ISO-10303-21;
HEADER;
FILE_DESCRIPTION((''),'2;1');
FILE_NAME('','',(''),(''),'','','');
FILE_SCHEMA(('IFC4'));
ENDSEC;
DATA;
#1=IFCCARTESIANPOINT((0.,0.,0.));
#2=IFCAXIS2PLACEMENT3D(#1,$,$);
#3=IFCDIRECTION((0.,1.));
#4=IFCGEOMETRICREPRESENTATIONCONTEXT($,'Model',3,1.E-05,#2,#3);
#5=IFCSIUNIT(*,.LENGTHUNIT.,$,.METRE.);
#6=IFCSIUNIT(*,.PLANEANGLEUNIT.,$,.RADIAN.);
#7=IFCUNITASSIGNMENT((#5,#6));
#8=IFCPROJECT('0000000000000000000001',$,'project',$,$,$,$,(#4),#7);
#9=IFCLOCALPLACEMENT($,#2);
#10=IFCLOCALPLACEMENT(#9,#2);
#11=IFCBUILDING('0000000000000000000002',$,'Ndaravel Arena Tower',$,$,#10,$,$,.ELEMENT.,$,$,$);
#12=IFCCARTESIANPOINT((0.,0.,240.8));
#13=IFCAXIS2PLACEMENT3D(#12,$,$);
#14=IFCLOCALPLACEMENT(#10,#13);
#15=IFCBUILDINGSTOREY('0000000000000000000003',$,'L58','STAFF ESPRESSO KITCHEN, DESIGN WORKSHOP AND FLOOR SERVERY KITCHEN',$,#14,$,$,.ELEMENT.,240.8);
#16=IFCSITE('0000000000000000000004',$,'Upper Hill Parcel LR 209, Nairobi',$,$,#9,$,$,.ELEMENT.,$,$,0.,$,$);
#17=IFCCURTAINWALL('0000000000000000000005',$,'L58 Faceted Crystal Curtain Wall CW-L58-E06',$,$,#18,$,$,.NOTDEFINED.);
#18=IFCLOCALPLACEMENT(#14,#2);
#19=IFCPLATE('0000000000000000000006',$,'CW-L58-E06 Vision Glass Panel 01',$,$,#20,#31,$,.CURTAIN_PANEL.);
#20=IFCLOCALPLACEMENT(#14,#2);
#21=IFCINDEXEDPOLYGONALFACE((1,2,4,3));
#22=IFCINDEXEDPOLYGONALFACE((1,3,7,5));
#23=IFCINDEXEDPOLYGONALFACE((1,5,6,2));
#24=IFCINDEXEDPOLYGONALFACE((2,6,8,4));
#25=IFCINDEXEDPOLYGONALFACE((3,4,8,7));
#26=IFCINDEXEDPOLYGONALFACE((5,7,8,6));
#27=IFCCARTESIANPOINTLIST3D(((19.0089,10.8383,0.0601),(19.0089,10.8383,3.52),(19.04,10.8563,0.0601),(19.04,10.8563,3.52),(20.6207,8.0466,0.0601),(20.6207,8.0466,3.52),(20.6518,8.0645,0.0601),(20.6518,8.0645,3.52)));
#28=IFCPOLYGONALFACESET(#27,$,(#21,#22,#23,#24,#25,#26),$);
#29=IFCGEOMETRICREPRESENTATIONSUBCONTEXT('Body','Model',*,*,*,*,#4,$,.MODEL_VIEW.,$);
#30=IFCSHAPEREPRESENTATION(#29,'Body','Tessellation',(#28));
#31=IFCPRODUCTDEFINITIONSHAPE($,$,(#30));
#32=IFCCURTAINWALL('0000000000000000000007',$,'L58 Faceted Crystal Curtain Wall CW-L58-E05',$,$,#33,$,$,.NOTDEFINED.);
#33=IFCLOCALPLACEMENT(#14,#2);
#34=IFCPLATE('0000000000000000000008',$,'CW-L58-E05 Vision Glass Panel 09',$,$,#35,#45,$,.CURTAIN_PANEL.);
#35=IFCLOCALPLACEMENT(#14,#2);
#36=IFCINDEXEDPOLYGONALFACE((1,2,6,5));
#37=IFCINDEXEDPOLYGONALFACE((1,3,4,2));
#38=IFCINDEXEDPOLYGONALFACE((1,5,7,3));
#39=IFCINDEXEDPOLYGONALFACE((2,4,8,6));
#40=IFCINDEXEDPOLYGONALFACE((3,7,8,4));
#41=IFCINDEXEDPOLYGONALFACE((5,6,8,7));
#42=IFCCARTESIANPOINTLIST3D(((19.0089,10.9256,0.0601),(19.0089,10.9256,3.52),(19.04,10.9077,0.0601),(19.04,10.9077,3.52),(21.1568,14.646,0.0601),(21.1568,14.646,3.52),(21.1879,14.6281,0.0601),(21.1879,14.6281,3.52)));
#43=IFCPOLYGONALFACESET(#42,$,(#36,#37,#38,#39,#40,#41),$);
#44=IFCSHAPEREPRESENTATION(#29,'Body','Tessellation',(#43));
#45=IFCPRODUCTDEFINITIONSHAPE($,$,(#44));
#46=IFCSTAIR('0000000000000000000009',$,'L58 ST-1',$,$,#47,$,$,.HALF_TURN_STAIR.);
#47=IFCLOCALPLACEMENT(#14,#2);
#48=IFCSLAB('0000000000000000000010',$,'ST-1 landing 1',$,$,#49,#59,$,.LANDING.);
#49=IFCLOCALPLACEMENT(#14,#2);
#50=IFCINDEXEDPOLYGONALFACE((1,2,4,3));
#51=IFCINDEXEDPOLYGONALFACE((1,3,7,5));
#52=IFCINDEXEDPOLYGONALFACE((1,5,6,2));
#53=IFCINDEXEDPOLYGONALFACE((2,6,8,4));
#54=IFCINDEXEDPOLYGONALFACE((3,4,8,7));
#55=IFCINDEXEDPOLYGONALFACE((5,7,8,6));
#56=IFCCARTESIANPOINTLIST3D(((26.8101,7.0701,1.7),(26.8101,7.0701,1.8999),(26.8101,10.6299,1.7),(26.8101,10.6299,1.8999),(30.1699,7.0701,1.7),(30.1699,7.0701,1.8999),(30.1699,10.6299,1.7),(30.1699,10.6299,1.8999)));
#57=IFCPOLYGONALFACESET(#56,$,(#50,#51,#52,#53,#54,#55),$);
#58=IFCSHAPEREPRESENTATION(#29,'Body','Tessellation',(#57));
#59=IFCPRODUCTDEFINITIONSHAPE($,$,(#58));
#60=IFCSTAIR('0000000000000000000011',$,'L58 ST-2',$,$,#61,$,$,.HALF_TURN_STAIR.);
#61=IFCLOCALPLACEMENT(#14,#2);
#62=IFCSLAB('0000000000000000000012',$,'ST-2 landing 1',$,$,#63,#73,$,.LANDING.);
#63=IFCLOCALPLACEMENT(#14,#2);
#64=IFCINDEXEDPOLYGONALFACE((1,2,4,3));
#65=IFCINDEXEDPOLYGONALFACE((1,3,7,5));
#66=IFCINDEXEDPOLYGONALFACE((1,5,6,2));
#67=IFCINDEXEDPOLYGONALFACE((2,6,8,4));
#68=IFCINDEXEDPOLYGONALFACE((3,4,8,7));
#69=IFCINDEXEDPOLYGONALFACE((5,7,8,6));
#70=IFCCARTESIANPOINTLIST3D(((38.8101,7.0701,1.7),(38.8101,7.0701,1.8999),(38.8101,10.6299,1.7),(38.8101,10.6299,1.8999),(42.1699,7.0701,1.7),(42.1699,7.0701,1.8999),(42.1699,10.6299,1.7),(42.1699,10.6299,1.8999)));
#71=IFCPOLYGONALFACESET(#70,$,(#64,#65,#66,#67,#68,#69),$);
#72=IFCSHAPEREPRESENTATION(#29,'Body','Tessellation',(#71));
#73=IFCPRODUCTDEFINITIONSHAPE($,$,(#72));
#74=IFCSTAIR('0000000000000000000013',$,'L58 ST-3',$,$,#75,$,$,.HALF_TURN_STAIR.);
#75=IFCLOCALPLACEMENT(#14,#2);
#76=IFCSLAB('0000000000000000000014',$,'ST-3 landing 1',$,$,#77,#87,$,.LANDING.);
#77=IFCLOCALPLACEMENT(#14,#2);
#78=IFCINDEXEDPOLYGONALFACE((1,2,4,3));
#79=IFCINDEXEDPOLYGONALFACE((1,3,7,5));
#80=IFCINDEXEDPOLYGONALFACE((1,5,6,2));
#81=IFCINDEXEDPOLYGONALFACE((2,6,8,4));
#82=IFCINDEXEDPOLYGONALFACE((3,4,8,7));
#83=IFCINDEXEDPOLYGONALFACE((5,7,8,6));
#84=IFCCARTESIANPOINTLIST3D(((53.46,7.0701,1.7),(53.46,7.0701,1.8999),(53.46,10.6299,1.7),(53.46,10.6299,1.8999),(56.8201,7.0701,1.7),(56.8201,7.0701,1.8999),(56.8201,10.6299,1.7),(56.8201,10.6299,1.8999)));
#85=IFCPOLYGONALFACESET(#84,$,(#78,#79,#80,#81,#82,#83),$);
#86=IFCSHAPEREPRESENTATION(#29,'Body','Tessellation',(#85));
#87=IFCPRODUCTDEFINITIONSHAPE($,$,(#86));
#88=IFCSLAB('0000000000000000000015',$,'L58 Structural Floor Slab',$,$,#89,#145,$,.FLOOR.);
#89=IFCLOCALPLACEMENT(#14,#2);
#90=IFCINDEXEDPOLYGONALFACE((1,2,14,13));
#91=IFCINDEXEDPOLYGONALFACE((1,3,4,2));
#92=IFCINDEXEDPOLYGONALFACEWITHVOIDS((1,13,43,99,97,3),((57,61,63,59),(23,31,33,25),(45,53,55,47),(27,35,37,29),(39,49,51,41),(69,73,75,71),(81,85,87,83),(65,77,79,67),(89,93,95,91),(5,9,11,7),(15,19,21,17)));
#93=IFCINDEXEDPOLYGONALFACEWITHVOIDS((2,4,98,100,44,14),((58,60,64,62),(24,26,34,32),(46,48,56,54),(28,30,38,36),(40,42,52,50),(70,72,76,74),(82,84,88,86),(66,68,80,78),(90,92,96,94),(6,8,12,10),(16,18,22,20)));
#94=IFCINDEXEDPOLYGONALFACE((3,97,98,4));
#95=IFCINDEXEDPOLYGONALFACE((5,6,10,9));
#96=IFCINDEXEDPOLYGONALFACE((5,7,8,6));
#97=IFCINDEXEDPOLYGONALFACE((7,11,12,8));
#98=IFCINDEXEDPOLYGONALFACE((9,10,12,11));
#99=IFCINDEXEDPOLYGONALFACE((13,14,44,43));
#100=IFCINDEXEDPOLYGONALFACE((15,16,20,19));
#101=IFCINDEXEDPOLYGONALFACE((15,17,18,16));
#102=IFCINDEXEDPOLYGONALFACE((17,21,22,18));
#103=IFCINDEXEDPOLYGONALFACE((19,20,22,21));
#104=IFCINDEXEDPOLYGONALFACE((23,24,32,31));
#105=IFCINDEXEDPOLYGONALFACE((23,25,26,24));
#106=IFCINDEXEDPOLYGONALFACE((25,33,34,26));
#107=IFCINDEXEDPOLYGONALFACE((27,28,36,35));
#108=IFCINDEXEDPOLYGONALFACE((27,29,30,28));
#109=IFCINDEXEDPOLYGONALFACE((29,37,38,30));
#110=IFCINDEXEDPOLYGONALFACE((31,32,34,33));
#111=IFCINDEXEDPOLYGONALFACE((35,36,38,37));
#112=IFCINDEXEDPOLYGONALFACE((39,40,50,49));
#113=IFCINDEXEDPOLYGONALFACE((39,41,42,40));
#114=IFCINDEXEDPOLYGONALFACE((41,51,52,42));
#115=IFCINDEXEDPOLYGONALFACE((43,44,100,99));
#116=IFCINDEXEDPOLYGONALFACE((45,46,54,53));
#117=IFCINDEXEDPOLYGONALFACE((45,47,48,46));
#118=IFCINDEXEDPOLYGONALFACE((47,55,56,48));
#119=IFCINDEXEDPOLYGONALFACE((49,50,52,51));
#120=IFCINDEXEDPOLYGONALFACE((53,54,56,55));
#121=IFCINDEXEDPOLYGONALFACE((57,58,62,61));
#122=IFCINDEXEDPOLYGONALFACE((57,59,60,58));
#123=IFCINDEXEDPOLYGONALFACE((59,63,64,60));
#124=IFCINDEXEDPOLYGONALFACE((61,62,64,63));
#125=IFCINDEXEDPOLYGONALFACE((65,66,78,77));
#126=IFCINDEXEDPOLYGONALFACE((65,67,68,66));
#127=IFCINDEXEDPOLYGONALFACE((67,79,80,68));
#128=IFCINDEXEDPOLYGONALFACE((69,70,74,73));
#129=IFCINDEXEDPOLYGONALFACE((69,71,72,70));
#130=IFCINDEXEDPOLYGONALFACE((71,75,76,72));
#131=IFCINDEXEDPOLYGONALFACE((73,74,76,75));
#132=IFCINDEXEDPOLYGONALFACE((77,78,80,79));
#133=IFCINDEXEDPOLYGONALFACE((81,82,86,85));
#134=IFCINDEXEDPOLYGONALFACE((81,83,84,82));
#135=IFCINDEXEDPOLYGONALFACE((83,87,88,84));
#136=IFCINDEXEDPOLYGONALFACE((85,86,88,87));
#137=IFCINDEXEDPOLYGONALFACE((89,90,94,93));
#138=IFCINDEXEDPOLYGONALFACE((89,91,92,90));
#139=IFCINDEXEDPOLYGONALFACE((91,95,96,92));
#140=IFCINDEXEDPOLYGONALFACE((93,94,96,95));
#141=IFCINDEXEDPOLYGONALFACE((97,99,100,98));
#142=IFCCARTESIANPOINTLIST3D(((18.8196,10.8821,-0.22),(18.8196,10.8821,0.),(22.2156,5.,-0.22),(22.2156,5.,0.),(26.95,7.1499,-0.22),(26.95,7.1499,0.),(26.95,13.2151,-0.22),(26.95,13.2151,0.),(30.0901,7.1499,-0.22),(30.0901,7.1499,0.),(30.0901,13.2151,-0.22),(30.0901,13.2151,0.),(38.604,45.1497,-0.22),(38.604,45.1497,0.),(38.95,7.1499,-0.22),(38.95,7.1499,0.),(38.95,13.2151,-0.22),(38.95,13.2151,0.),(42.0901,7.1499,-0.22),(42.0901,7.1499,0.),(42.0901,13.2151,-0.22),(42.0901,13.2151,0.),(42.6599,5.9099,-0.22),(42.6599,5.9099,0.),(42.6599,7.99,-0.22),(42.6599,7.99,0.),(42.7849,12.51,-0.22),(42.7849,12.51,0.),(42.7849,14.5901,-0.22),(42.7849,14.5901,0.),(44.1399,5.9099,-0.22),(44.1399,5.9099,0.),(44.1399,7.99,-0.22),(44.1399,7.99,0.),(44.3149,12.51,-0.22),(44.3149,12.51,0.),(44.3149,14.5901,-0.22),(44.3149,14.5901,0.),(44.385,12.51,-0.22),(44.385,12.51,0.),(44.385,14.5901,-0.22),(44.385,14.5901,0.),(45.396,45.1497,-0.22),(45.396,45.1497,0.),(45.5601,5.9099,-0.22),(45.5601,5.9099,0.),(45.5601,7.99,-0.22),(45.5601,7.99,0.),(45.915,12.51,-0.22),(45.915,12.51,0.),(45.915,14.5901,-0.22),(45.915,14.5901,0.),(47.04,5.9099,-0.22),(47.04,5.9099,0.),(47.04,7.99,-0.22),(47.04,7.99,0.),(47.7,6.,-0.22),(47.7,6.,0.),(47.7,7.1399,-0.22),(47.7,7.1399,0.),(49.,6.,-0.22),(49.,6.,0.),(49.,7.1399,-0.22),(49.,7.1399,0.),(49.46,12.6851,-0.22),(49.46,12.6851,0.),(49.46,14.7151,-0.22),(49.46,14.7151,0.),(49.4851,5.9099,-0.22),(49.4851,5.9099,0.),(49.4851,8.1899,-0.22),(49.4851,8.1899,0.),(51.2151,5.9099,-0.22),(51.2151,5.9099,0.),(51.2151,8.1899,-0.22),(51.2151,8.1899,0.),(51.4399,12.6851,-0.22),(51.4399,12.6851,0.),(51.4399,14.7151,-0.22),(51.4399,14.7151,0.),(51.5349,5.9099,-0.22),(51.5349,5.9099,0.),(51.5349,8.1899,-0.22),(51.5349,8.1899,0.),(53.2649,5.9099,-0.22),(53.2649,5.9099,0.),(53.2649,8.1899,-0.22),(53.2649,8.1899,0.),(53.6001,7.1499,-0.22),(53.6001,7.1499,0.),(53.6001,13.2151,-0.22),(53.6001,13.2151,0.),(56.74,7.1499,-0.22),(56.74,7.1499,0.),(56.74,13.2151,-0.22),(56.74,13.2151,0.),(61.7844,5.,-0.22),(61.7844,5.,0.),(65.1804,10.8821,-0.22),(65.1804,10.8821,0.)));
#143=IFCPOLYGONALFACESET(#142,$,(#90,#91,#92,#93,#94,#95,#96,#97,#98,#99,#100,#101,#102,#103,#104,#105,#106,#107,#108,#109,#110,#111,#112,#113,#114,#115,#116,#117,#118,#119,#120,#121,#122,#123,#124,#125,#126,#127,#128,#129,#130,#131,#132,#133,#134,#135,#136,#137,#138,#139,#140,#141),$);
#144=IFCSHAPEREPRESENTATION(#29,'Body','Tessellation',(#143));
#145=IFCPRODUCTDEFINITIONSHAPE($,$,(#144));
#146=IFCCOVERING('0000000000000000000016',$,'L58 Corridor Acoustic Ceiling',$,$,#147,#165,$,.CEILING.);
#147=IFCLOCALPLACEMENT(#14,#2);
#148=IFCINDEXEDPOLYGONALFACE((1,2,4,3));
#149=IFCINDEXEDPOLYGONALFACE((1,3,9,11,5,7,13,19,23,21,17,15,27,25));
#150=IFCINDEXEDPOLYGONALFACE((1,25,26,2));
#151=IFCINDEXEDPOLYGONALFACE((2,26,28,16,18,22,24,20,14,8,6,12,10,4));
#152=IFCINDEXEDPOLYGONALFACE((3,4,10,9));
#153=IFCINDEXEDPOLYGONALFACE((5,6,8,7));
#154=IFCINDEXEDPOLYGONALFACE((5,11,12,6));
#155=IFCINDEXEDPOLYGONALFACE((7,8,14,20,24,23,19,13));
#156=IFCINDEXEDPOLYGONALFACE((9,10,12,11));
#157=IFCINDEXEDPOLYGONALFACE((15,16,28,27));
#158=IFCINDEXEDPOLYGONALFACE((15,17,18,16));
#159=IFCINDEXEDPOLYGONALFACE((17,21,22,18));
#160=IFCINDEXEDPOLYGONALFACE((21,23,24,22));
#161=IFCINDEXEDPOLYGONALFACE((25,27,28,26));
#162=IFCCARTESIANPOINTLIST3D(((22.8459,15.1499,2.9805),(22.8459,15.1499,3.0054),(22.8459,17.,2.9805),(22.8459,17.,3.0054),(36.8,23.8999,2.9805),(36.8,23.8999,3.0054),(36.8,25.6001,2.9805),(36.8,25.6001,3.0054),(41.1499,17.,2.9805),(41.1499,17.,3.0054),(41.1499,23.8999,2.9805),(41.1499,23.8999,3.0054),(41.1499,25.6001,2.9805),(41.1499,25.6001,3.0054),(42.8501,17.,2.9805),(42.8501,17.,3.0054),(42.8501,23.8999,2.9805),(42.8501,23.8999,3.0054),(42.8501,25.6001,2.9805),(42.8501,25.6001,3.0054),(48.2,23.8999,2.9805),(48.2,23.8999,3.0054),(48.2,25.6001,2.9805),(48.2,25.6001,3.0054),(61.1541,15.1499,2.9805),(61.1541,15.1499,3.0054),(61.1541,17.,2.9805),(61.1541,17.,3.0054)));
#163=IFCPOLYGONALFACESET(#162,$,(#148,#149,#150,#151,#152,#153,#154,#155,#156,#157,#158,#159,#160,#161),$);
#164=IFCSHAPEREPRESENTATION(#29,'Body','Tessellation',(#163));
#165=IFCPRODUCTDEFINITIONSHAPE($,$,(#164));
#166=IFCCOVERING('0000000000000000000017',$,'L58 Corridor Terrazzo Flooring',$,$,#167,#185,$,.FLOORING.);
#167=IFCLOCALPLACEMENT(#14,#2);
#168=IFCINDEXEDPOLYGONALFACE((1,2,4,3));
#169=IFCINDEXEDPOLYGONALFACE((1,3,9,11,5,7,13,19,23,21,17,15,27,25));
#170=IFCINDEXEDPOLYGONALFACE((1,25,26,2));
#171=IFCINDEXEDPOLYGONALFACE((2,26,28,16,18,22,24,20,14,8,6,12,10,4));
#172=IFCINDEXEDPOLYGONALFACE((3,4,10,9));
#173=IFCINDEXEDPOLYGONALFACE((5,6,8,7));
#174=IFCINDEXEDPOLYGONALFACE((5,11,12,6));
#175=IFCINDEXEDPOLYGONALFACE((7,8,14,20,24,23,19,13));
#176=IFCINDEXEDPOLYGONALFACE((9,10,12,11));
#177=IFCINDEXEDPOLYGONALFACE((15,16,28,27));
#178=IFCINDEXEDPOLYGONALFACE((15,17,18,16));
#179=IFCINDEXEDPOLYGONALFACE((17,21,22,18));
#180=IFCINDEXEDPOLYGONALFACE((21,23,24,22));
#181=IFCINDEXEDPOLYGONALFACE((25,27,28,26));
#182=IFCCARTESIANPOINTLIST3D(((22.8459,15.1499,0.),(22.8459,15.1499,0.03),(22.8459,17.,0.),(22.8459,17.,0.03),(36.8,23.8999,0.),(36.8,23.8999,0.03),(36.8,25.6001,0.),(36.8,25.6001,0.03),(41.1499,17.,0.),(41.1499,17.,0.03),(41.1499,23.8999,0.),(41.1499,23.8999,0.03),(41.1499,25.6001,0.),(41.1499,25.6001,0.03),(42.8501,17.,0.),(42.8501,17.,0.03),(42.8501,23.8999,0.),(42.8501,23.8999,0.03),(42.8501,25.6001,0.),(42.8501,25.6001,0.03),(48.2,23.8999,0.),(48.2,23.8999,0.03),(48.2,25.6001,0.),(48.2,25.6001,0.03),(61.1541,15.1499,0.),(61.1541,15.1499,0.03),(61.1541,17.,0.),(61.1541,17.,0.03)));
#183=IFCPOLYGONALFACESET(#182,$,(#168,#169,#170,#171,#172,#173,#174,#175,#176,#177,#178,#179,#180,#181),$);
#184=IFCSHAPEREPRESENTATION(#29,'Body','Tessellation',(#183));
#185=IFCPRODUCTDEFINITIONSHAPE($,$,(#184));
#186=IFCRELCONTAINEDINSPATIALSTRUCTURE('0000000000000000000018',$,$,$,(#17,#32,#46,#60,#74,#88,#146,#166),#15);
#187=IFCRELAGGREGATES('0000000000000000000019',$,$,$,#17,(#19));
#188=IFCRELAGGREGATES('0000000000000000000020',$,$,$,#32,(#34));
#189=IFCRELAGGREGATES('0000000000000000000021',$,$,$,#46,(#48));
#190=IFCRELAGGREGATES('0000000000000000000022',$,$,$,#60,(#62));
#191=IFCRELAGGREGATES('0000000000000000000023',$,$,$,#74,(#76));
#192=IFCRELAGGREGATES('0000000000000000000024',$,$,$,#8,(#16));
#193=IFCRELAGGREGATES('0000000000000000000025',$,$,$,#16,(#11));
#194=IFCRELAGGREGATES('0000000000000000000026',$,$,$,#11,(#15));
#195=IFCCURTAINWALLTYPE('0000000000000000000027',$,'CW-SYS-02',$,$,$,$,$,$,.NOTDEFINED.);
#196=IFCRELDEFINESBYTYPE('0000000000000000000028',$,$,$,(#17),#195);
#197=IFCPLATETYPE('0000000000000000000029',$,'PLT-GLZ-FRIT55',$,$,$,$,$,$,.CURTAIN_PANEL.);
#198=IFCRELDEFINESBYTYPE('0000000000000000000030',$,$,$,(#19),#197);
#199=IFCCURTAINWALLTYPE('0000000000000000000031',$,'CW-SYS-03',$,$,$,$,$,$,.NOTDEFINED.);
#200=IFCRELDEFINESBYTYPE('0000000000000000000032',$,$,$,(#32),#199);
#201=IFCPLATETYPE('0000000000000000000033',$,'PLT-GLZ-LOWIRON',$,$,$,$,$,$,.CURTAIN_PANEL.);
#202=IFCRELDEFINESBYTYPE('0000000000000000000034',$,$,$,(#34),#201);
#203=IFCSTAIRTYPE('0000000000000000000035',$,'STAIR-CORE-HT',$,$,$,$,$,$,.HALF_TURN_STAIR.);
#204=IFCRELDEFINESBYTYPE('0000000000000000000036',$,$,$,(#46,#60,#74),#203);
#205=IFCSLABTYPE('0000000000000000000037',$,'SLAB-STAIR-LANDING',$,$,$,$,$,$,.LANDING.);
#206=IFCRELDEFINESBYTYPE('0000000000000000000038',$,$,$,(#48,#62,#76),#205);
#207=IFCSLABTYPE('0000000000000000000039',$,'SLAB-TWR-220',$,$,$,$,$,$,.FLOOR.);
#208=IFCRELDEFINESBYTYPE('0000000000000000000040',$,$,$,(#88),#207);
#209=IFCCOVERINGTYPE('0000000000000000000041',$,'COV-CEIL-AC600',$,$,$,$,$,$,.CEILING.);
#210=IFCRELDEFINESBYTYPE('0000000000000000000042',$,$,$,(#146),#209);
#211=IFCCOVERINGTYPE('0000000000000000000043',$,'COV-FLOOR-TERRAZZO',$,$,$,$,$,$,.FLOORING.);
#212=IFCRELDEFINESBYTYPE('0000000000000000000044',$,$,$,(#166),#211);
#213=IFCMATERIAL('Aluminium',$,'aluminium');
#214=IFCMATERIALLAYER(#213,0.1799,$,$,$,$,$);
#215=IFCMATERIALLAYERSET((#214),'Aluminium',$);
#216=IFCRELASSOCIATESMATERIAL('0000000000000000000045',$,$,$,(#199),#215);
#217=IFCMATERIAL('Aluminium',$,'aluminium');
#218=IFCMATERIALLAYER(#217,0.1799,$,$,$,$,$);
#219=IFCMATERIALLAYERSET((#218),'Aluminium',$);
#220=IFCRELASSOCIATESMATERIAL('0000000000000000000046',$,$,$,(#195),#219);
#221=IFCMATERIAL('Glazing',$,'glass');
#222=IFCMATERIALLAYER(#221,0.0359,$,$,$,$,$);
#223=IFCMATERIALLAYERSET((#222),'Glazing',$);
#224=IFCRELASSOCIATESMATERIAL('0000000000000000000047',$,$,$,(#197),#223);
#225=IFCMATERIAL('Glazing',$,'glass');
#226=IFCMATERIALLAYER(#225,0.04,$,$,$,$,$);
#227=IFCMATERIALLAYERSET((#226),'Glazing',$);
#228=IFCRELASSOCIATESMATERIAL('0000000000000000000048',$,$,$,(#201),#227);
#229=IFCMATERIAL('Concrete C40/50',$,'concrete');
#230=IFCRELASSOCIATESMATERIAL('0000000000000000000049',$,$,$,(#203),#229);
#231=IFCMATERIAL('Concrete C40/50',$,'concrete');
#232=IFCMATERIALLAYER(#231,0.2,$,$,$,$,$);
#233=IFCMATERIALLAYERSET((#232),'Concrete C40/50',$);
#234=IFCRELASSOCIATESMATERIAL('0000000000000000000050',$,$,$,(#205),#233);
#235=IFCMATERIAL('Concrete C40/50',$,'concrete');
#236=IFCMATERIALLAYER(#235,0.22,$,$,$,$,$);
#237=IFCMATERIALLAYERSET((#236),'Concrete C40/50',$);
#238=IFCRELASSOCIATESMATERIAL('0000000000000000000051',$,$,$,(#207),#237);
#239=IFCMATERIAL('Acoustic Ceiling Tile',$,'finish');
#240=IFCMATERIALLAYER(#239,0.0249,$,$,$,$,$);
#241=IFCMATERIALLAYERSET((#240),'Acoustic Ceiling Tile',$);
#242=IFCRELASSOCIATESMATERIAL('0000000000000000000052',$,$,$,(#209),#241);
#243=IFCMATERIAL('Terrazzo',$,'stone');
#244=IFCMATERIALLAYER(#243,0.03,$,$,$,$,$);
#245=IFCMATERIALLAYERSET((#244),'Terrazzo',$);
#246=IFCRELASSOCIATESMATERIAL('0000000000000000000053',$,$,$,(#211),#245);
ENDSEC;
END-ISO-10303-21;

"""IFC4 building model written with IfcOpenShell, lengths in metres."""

from ifc_helpers import new_model, si_unit, direction, frame, origin, origin_2d, place, context, subcontext, project, spatial, polyline, rectangle, outline, extrude, material, layer, layer_set, type_object, element, aggregate, save


model = new_model("IFC4")

# Units and contexts
model_context = context("Model", 3, precision=1e-05, world=origin(), true_north=direction((0.0, 1.0)))
body_context = subcontext(model_context, "Body", "Model", "MODEL_VIEW")
ifc_project = project(units=[si_unit("LENGTHUNIT", "METRE"), si_unit("PLANEANGLEUNIT", "RADIAN")], contexts=[model_context])

# Site, building, storey
site_placement = place(None, origin())
site = spatial("IfcSite", under=ifc_project, at=site_placement, Name="Upper Hill Parcel LR 209, Nairobi", CompositionType="ELEMENT", RefElevation=0.0)
building_placement = place(site_placement, origin())
building = spatial("IfcBuilding", under=site, at=building_placement, Name="Ndaravel Arena Tower", CompositionType="ELEMENT")
storey_placement = place(building_placement, frame((0.0, 0.0, 240.8)))
storey = spatial("IfcBuildingStorey", under=building, at=storey_placement, Name="L58", Description="STAFF ESPRESSO KITCHEN, DESIGN WORKSHOP AND FLOOR SERVERY KITCHEN", CompositionType="ELEMENT", Elevation=240.8)

# Shared definitions
ifc_material_1 = material(Name="Aluminium", Category="aluminium")
ifc_layer_1 = layer(ifc_material_1, 0.1799)
ifc_layer_set_1 = layer_set([ifc_layer_1], Name="Aluminium")
curtain_wall_type_1 = type_object("IfcCurtainWallType", Name="CW-SYS-03", PredefinedType="NOTDEFINED", material=ifc_layer_set_1)

# Curtain wall
ifc_material_2 = material(Name="Aluminium", Category="aluminium")
ifc_layer_2 = layer(ifc_material_2, 0.1799)
ifc_layer_set_2 = layer_set([ifc_layer_2], Name="Aluminium")
curtain_wall_type_2 = type_object("IfcCurtainWallType", Name="CW-SYS-02", PredefinedType="NOTDEFINED", material=ifc_layer_set_2)
curtain_wall_1_placement = place(storey_placement, origin())
curtain_wall_1 = element("IfcCurtainWall", 1, at=curtain_wall_1_placement, inside=storey, type_object=curtain_wall_type_2, Name="L58 Faceted Crystal Curtain Wall CW-L58-E06", PredefinedType="NOTDEFINED")

# Plate
ifc_material_3 = material(Name="Glazing", Category="glass")
ifc_layer_3 = layer(ifc_material_3, 0.0359)
ifc_layer_set_3 = layer_set([ifc_layer_3], Name="Glazing")
plate_type_1 = type_object("IfcPlateType", Name="PLT-GLZ-FRIT55", PredefinedType="CURTAIN_PANEL", material=ifc_layer_set_3)
plate_1_placement = place(storey_placement, frame((19.8303, 9.4514, 0.0601), z_axis=(0.0, 0.0, 1.0), x_axis=(0.5, -0.866025, 0.0)))
plate_1 = element("IfcPlate", 2, at=plate_1_placement, type_object=plate_type_1, Name="CW-L58-E06 Vision Glass Panel 01", PredefinedType="CURTAIN_PANEL", context=body_context, shape_type="SweptSolid", body=[
    extrude(rectangle(XDim=3.2236, YDim=0.0359, at=origin_2d()), origin(), (0.0, 0.0, 1.0), 3.46),
])
aggregate(curtain_wall_1, [plate_1])

# Curtain wall, plate
curtain_wall_2_placement = place(storey_placement, origin())
curtain_wall_2 = element("IfcCurtainWall", 3, at=curtain_wall_2_placement, inside=storey, type_object=curtain_wall_type_1, Name="L58 Faceted Crystal Curtain Wall CW-L58-E05", PredefinedType="NOTDEFINED")
ifc_material_4 = material(Name="Glazing", Category="glass")
ifc_layer_4 = layer(ifc_material_4, 0.04)
ifc_layer_set_4 = layer_set([ifc_layer_4], Name="Glazing")
plate_type_2 = type_object("IfcPlateType", Name="PLT-GLZ-LOWIRON", PredefinedType="CURTAIN_PANEL", material=ifc_layer_set_4)
plate_2_placement = place(storey_placement, frame((20.0984, 12.7769, 0.0601), z_axis=(0.0, 0.0, 1.0), x_axis=(-0.5, -0.866025, 0.0)))
plate_2 = element("IfcPlate", 4, at=plate_2_placement, type_object=plate_type_2, Name="CW-L58-E05 Vision Glass Panel 09", PredefinedType="CURTAIN_PANEL", context=body_context, shape_type="SweptSolid", body=[
    extrude(rectangle(XDim=4.2959, YDim=0.0359, at=origin_2d()), origin(), (0.0, 0.0, 1.0), 3.46),
])
aggregate(curtain_wall_2, [plate_2])

# Stairs, slabs
ifc_material_5 = material(Name="Concrete C40/50", Category="concrete")
stair_type = type_object("IfcStairType", Name="STAIR-CORE-HT", PredefinedType="HALF_TURN_STAIR", material=ifc_material_5)
stair_1_placement = place(storey_placement, origin())
stair_1 = element("IfcStair", 5, at=stair_1_placement, inside=storey, type_object=stair_type, Name="L58 ST-1", PredefinedType="HALF_TURN_STAIR")
ifc_material_6 = material(Name="Concrete C40/50", Category="concrete")
ifc_layer_5 = layer(ifc_material_6, 0.2)
ifc_layer_set_5 = layer_set([ifc_layer_5], Name="Concrete C40/50")
slab_type_1 = type_object("IfcSlabType", Name="SLAB-STAIR-LANDING", PredefinedType="LANDING", material=ifc_layer_set_5)
slab_1_placement = place(storey_placement, frame((0.0, 0.0, 1.7)))
slab_1 = element("IfcSlab", 6, at=slab_1_placement, type_object=slab_type_1, Name="ST-1 landing 1", PredefinedType="LANDING", context=body_context, shape_type="SweptSolid", body=[
    extrude(outline(polyline([(26.8101, 10.6299), (26.8101, 7.0701), (30.1699, 7.0701), (30.1699, 10.6299), (26.8101, 10.6299)])), origin(), (0.0, 0.0, 1.0), 0.2),
])
aggregate(stair_1, [slab_1])
stair_2_placement = place(storey_placement, origin())
stair_2 = element("IfcStair", 7, at=stair_2_placement, inside=storey, type_object=stair_type, Name="L58 ST-2", PredefinedType="HALF_TURN_STAIR")
slab_2_placement = place(storey_placement, frame((0.0, 0.0, 1.7)))
slab_2 = element("IfcSlab", 8, at=slab_2_placement, type_object=slab_type_1, Name="ST-2 landing 1", PredefinedType="LANDING", context=body_context, shape_type="SweptSolid", body=[
    extrude(outline(polyline([(38.8101, 10.6299), (38.8101, 7.0701), (42.1699, 7.0701), (42.1699, 10.6299), (38.8101, 10.6299)])), origin(), (0.0, 0.0, 1.0), 0.2),
])
aggregate(stair_2, [slab_2])
stair_3_placement = place(storey_placement, origin())
stair_3 = element("IfcStair", 9, at=stair_3_placement, inside=storey, type_object=stair_type, Name="L58 ST-3", PredefinedType="HALF_TURN_STAIR")
slab_3_placement = place(storey_placement, frame((0.0, 0.0, 1.7)))
slab_3 = element("IfcSlab", 10, at=slab_3_placement, type_object=slab_type_1, Name="ST-3 landing 1", PredefinedType="LANDING", context=body_context, shape_type="SweptSolid", body=[
    extrude(outline(polyline([(53.46, 10.6299), (53.46, 7.0701), (56.8201, 7.0701), (56.8201, 10.6299), (53.46, 10.6299)])), origin(), (0.0, 0.0, 1.0), 0.2),
])
aggregate(stair_3, [slab_3])

# Slab
ifc_material_7 = material(Name="Concrete C40/50", Category="concrete")
ifc_layer_6 = layer(ifc_material_7, 0.22)
ifc_layer_set_6 = layer_set([ifc_layer_6], Name="Concrete C40/50")
slab_type_2 = type_object("IfcSlabType", Name="SLAB-TWR-220", PredefinedType="FLOOR", material=ifc_layer_set_6)
slab_4_placement = place(storey_placement, frame((0.0, 0.0, -0.22)))
element("IfcSlab", 11, at=slab_4_placement, inside=storey, type_object=slab_type_2, Name="L58 Structural Floor Slab", PredefinedType="FLOOR", context=body_context, shape_type="SweptSolid", body=[
    extrude(outline(polyline([(18.8196, 10.8821), (22.2156, 5.0), (61.7844, 5.0), (65.1804, 10.8821), (45.396, 45.1497), (38.604, 45.1497), (18.8196, 10.8821)]), holes=[polyline([(26.95, 13.2151), (26.95, 7.1499), (30.0901, 7.1499), (30.0901, 13.2151), (26.95, 13.2151)]), polyline([(38.95, 13.2151), (38.95, 7.1499), (42.0901, 7.1499), (42.0901, 13.2151), (38.95, 13.2151)]), polyline([(53.6001, 13.2151), (53.6001, 7.1499), (56.74, 7.1499), (56.74, 13.2151), (53.6001, 13.2151)]), polyline([(42.6599, 5.9099), (44.1399, 5.9099), (44.1399, 7.99), (42.6599, 7.99), (42.6599, 5.9099)]), polyline([(45.5601, 5.9099), (47.04, 5.9099), (47.04, 7.99), (45.5601, 7.99), (45.5601, 5.9099)]), polyline([(42.7849, 12.51), (44.3149, 12.51), (44.3149, 14.5901), (42.7849, 14.5901), (42.7849, 12.51)]), polyline([(44.385, 12.51), (45.915, 12.51), (45.915, 14.5901), (44.385, 14.5901), (44.385, 12.51)]), polyline([(49.4851, 5.9099), (51.2151, 5.9099), (51.2151, 8.1899), (49.4851, 8.1899), (49.4851, 5.9099)]), polyline([(51.5349, 5.9099), (53.2649, 5.9099), (53.2649, 8.1899), (51.5349, 8.1899), (51.5349, 5.9099)]), polyline([(49.46, 12.6851), (51.4399, 12.6851), (51.4399, 14.7151), (49.46, 14.7151), (49.46, 12.6851)]), polyline([(47.7, 6.0), (49.0, 6.0), (49.0, 7.1399), (47.7, 7.1399), (47.7, 6.0)])]), origin(), (0.0, 0.0, 1.0), 0.22),
])

# Coverings
ifc_material_8 = material(Name="Acoustic Ceiling Tile", Category="finish")
ifc_layer_7 = layer(ifc_material_8, 0.0249)
ifc_layer_set_7 = layer_set([ifc_layer_7], Name="Acoustic Ceiling Tile")
covering_type_1 = type_object("IfcCoveringType", Name="COV-CEIL-AC600", PredefinedType="CEILING", material=ifc_layer_set_7)
covering_1_placement = place(storey_placement, frame((0.0, 0.0, 2.9805)))
element("IfcCovering", 12, at=covering_1_placement, inside=storey, type_object=covering_type_1, Name="L58 Corridor Acoustic Ceiling", PredefinedType="CEILING", context=body_context, shape_type="SweptSolid", body=[
    extrude(outline(polyline([(61.1541, 17.0), (42.8501, 17.0), (42.8501, 23.8999), (48.2, 23.8999), (48.2, 25.6001), (42.8501, 25.6001), (41.1499, 25.6001), (36.8, 25.6001), (36.8, 23.8999), (41.1499, 23.8999), (41.1499, 17.0), (22.8459, 17.0), (22.8459, 15.1499), (61.1541, 15.1499), (61.1541, 17.0)])), origin(), (0.0, 0.0, 1.0), 0.0249),
])
ifc_material_9 = material(Name="Terrazzo", Category="stone")
ifc_layer_8 = layer(ifc_material_9, 0.03)
ifc_layer_set_8 = layer_set([ifc_layer_8], Name="Terrazzo")
covering_type_2 = type_object("IfcCoveringType", Name="COV-FLOOR-TERRAZZO", PredefinedType="FLOORING", material=ifc_layer_set_8)
covering_2_placement = place(storey_placement, origin())
element("IfcCovering", 13, at=covering_2_placement, inside=storey, type_object=covering_type_2, Name="L58 Corridor Terrazzo Flooring", PredefinedType="FLOORING", context=body_context, shape_type="SweptSolid", body=[
    extrude(outline(polyline([(61.1541, 17.0), (42.8501, 17.0), (42.8501, 23.8999), (48.2, 23.8999), (48.2, 25.6001), (42.8501, 25.6001), (41.1499, 25.6001), (36.8, 25.6001), (36.8, 23.8999), (41.1499, 23.8999), (41.1499, 17.0), (22.8459, 17.0), (22.8459, 15.1499), (61.1541, 15.1499), (61.1541, 17.0)])), origin(), (0.0, 0.0, 1.0), 0.03),
])

save(model, "model.ifc")
